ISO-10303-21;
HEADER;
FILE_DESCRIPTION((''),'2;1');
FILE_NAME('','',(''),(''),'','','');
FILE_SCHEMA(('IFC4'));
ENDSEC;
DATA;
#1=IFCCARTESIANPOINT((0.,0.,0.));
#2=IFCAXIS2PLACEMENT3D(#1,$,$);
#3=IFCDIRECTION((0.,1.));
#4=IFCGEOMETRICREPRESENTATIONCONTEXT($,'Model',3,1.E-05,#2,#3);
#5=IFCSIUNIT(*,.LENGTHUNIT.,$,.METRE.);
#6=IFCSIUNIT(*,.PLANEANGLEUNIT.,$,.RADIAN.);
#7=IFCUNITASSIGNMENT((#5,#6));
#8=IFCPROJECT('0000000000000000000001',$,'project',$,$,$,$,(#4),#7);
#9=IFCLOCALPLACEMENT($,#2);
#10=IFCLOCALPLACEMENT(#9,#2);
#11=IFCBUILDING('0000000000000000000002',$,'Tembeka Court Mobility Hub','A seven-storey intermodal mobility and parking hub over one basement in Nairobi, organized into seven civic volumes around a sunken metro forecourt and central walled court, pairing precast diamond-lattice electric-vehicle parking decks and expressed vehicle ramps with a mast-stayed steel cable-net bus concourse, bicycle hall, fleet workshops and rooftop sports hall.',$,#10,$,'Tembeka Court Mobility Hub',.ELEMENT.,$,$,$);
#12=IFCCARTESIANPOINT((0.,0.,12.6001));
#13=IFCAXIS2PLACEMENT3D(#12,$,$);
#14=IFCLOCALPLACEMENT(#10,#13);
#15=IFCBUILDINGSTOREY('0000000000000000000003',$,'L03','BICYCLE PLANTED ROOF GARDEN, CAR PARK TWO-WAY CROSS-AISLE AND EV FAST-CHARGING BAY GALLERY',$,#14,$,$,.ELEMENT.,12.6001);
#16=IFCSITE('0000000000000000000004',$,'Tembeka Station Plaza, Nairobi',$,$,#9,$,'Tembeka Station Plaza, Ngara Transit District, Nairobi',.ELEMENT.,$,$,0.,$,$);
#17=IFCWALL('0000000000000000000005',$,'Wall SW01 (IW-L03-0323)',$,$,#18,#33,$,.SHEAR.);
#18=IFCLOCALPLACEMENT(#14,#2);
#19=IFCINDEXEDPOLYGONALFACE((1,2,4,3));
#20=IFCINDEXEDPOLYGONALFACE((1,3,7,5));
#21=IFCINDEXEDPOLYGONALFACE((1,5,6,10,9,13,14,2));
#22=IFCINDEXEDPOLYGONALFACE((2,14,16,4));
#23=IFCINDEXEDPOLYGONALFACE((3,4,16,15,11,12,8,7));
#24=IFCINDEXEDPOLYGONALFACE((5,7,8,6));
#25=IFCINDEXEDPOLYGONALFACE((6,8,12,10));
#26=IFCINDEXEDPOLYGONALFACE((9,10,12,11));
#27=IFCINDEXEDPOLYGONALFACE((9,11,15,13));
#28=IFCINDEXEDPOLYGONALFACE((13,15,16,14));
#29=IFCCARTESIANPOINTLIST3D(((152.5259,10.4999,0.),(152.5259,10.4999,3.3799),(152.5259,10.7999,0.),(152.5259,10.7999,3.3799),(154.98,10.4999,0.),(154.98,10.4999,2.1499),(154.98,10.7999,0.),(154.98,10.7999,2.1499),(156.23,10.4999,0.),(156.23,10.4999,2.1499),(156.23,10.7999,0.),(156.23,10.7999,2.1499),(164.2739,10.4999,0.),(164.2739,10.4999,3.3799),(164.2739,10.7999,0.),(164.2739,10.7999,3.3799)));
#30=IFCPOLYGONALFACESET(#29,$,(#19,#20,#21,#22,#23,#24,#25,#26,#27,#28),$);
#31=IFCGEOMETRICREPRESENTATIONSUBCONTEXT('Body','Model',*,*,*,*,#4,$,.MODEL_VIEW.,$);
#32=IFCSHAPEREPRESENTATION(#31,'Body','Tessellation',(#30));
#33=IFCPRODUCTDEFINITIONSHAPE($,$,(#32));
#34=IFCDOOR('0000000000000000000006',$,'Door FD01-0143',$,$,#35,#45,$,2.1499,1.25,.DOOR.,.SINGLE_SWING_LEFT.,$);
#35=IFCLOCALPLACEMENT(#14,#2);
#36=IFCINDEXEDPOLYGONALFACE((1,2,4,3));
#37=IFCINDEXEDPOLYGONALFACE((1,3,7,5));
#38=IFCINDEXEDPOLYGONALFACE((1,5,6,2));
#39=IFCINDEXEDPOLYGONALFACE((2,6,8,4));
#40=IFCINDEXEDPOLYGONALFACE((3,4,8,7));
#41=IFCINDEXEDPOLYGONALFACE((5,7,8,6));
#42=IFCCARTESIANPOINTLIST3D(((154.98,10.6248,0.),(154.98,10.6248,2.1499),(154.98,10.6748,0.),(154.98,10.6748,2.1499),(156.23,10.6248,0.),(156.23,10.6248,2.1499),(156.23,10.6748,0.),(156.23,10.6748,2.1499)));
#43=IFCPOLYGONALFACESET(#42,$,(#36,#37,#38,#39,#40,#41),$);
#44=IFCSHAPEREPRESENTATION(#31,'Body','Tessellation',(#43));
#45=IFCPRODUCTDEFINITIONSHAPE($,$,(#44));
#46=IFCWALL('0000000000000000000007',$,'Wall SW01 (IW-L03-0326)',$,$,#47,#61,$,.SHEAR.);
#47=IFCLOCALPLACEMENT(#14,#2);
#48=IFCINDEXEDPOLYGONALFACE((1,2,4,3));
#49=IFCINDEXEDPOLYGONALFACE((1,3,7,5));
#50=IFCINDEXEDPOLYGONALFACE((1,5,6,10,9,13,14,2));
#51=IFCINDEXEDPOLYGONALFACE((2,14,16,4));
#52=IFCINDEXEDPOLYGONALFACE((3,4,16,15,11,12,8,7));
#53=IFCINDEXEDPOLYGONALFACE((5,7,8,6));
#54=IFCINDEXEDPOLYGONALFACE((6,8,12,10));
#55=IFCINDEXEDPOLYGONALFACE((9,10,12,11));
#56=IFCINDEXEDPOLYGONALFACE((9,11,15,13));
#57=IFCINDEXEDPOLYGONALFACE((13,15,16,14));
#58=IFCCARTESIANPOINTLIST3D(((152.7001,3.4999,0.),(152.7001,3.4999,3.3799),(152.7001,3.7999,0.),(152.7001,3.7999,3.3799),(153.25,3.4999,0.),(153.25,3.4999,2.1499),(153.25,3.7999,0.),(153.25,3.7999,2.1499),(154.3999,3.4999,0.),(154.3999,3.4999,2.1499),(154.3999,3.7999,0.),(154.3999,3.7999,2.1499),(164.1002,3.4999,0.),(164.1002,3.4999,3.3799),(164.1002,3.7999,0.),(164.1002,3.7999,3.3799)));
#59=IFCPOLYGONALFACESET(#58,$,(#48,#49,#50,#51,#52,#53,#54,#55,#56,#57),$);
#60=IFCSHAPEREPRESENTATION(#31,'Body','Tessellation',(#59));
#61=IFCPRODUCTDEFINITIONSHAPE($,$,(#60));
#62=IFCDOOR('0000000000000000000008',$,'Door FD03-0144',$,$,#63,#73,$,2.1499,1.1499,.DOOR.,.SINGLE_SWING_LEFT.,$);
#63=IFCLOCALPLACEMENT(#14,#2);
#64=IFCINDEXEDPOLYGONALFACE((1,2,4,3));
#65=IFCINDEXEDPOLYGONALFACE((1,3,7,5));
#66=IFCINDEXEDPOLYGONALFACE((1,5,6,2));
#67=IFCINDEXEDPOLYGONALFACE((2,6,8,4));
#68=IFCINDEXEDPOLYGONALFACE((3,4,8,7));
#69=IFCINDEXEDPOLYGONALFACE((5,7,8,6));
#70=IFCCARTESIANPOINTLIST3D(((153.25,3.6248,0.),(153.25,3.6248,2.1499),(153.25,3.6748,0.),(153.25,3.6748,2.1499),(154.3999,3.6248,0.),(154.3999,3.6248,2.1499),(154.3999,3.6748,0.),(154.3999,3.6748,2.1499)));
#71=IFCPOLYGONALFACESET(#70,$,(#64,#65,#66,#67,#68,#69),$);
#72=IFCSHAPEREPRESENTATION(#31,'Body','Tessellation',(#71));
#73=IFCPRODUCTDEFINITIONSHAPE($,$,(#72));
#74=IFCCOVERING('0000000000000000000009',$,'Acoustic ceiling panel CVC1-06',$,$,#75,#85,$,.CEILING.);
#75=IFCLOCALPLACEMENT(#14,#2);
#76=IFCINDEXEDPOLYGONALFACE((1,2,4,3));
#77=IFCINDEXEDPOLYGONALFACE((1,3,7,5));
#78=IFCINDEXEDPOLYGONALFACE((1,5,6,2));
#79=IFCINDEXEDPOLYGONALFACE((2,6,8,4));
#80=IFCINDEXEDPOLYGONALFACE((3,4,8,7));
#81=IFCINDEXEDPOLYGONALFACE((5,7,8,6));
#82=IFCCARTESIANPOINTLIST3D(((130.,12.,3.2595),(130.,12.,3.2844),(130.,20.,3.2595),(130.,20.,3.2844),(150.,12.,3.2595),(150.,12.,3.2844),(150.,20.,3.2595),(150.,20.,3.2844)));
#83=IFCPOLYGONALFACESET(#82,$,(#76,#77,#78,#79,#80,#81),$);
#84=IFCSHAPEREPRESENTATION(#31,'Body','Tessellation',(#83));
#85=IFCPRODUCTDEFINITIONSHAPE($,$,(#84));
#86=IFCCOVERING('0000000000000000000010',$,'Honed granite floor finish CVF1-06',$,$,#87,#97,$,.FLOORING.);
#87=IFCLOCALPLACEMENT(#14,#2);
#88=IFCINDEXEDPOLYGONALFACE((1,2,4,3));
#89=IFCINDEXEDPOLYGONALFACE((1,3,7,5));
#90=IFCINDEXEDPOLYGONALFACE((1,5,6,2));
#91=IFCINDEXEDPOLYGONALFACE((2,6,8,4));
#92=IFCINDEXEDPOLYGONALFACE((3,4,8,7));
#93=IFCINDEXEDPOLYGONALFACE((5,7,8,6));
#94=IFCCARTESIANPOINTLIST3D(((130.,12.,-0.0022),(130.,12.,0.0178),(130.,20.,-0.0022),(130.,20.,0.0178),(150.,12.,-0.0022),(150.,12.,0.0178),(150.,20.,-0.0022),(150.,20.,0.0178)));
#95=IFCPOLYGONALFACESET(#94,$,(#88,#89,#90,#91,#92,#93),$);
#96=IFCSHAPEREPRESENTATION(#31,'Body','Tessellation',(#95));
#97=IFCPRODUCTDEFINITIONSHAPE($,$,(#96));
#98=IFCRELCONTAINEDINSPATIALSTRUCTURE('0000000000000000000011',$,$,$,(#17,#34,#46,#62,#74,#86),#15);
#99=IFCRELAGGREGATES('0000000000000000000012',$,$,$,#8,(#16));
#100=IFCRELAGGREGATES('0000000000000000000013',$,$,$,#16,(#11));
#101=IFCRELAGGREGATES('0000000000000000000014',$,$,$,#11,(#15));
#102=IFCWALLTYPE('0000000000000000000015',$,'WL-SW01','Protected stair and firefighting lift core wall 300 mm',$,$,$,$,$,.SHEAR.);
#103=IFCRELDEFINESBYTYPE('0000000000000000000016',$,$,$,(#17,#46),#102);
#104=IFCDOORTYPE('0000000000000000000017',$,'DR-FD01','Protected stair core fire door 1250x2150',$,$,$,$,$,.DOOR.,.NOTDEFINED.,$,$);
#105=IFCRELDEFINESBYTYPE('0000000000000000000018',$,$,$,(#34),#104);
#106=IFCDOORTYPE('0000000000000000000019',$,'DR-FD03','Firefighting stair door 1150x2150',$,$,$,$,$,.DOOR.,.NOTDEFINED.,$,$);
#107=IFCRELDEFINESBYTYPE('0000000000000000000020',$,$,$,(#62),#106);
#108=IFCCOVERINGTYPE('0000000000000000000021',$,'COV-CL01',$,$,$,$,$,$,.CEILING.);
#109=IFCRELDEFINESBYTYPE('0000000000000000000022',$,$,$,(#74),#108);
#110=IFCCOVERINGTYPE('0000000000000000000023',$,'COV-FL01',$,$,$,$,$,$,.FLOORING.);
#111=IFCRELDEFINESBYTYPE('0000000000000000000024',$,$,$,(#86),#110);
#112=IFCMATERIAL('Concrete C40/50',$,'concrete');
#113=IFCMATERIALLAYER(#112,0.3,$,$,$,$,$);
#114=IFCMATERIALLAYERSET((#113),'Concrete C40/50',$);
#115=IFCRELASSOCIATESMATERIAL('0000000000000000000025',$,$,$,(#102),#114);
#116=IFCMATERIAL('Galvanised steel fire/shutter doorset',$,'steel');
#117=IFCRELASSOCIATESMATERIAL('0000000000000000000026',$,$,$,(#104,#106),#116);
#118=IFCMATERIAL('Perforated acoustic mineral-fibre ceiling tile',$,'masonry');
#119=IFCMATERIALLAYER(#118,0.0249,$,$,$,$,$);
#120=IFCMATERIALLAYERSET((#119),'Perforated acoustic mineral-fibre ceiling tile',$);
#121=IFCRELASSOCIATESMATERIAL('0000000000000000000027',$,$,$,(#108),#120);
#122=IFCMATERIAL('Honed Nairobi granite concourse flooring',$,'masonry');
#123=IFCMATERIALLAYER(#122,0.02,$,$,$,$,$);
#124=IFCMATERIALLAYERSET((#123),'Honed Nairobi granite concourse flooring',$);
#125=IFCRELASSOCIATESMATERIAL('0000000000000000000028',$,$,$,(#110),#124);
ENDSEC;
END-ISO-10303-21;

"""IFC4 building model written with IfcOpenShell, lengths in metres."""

from ifc_helpers import new_model, si_unit, direction, frame, frame_2d, origin, origin_2d, place, context, subcontext, project, spatial, rectangle, extrude, material, layer, layer_set, type_object, element, fill, save


model = new_model("IFC4")

# Units and contexts
model_context = context("Model", 3, precision=1e-05, world=origin(), true_north=direction((0.0, 1.0)))
body_context = subcontext(model_context, "Body", "Model", "MODEL_VIEW")
ifc_project = project(units=[si_unit("LENGTHUNIT", "METRE"), si_unit("PLANEANGLEUNIT", "RADIAN")], contexts=[model_context])

# Site, building, storey
site_placement = place(None, origin())
site = spatial("IfcSite", under=ifc_project, at=site_placement, Name="Tembeka Station Plaza, Nairobi", LongName="Tembeka Station Plaza, Ngara Transit District, Nairobi", CompositionType="ELEMENT", RefElevation=0.0)
building_placement = place(site_placement, origin())
building = spatial("IfcBuilding", under=site, at=building_placement, Name="Tembeka Court Mobility Hub", Description="A seven-storey intermodal mobility and parking hub over one basement in Nairobi, organized into seven civic volumes around a sunken metro forecourt and central walled court, pairing precast diamond-lattice electric-vehicle parking decks and expressed vehicle ramps with a mast-stayed steel cable-net bus concourse, bicycle hall, fleet workshops and rooftop sports hall.", LongName="Tembeka Court Mobility Hub", CompositionType="ELEMENT")
storey_placement = place(building_placement, frame((0.0, 0.0, 12.6001)))
storey = spatial("IfcBuildingStorey", under=building, at=storey_placement, Name="L03", Description="BICYCLE PLANTED ROOF GARDEN, CAR PARK TWO-WAY CROSS-AISLE AND EV FAST-CHARGING BAY GALLERY", CompositionType="ELEMENT", Elevation=12.6001)

# Walls, openings, doors
ifc_material_1 = material(Name="Concrete C40/50", Category="concrete")
ifc_layer_1 = layer(ifc_material_1, 0.3)
ifc_layer_set_1 = layer_set([ifc_layer_1], Name="Concrete C40/50")
wall_type = type_object("IfcWallType", Name="WL-SW01", Description="Protected stair and firefighting lift core wall 300 mm", PredefinedType="SHEAR", material=ifc_layer_set_1)
wall_1_placement = place(storey_placement, frame((152.5259, 10.6499, 0.0), z_axis=(0.0, 0.0, 1.0), x_axis=(1.0, 0.0, 0.0)))
wall_1 = element("IfcWall", 1, at=wall_1_placement, inside=storey, type_object=wall_type, Name="Wall SW01 (IW-L03-0323)", PredefinedType="SHEAR", context=body_context, shape_type="SweptSolid", body=[
    extrude(rectangle(XDim=11.748, YDim=0.3, at=frame_2d((5.874, 0.0))), origin(), (0.0, 0.0, 1.0), 3.3799),
])
opening_1_placement = place(wall_1_placement, frame((2.4541, 0.0, 0.0)))
opening_1 = element("IfcOpeningElement", 2, at=opening_1_placement, cuts=wall_1, PredefinedType="OPENING", context=body_context, shape_type="SweptSolid", body=[
    extrude(rectangle(XDim=1.25, YDim=2.1499, at=frame_2d((0.625, 1.075))), frame((0.0, 0.1602, 0.0), z_axis=(0.0, -1.0, 0.0), x_axis=(1.0, 0.0, 0.0)), (0.0, 0.0, 1.0), 0.3201),
])
ifc_material_2 = material(Name="Galvanised steel fire/shutter doorset", Category="steel")
door_type_1 = type_object("IfcDoorType", Name="DR-FD01", Description="Protected stair core fire door 1250x2150", OperationType="NOTDEFINED", PredefinedType="DOOR", material=ifc_material_2)
door_1_placement = place(opening_1_placement, origin())
door_1 = element("IfcDoor", 3, at=door_1_placement, inside=storey, type_object=door_type_1, Name="Door FD01-0143", OperationType="SINGLE_SWING_LEFT", OverallHeight=2.1499, OverallWidth=1.25, PredefinedType="DOOR", context=body_context, shape_type="SweptSolid", body=[
    extrude(rectangle(XDim=1.25, YDim=2.1499, at=frame_2d((0.625, 1.075))), frame((0.0, 0.0249, 0.0), z_axis=(0.0, -1.0, 0.0), x_axis=(1.0, 0.0, 0.0)), (0.0, 0.0, 1.0), 0.05),
])
fill(opening_1, door_1)
wall_2_placement = place(storey_placement, frame((152.7, 3.6499, 0.0), z_axis=(0.0, 0.0, 1.0), x_axis=(1.0, 0.0, 0.0)))
wall_2 = element("IfcWall", 4, at=wall_2_placement, inside=storey, type_object=wall_type, Name="Wall SW01 (IW-L03-0326)", PredefinedType="SHEAR", context=body_context, shape_type="SweptSolid", body=[
    extrude(rectangle(XDim=11.4001, YDim=0.3, at=frame_2d((5.7002, 0.0))), origin(), (0.0, 0.0, 1.0), 3.3799),
])
opening_2_placement = place(wall_2_placement, frame((0.55, 0.0, 0.0)))
opening_2 = element("IfcOpeningElement", 5, at=opening_2_placement, cuts=wall_2, PredefinedType="OPENING", context=body_context, shape_type="SweptSolid", body=[
    extrude(rectangle(XDim=1.1499, YDim=2.1499, at=frame_2d((0.575, 1.075))), frame((0.0, 0.1602, 0.0), z_axis=(0.0, -1.0, 0.0), x_axis=(1.0, 0.0, 0.0)), (0.0, 0.0, 1.0), 0.3201),
])
door_type_2 = type_object("IfcDoorType", Name="DR-FD03", Description="Firefighting stair door 1150x2150", OperationType="NOTDEFINED", PredefinedType="DOOR", material=ifc_material_2)
door_2_placement = place(opening_2_placement, origin())
door_2 = element("IfcDoor", 6, at=door_2_placement, inside=storey, type_object=door_type_2, Name="Door FD03-0144", OperationType="SINGLE_SWING_LEFT", OverallHeight=2.1499, OverallWidth=1.1499, PredefinedType="DOOR", context=body_context, shape_type="SweptSolid", body=[
    extrude(rectangle(XDim=1.1499, YDim=2.1499, at=frame_2d((0.575, 1.075))), frame((0.0, 0.0249, 0.0), z_axis=(0.0, -1.0, 0.0), x_axis=(1.0, 0.0, 0.0)), (0.0, 0.0, 1.0), 0.05),
])
fill(opening_2, door_2)

# Coverings
ifc_material_3 = material(Name="Perforated acoustic mineral-fibre ceiling tile", Category="masonry")
ifc_layer_2 = layer(ifc_material_3, 0.0249)
ifc_layer_set_2 = layer_set([ifc_layer_2], Name="Perforated acoustic mineral-fibre ceiling tile")
covering_type_1 = type_object("IfcCoveringType", Name="COV-CL01", PredefinedType="CEILING", material=ifc_layer_set_2)
covering_1_placement = place(storey_placement, frame((140.0, 16.0, 3.2595), z_axis=(0.0, 0.0, 1.0), x_axis=(1.0, 0.0, 0.0)))
element("IfcCovering", 7, at=covering_1_placement, inside=storey, type_object=covering_type_1, Name="Acoustic ceiling panel CVC1-06", PredefinedType="CEILING", context=body_context, shape_type="SweptSolid", body=[
    extrude(rectangle(XDim=20.0, YDim=8.0, at=origin_2d()), origin(), (0.0, 0.0, 1.0), 0.0249),
])
ifc_material_4 = material(Name="Honed Nairobi granite concourse flooring", Category="masonry")
ifc_layer_3 = layer(ifc_material_4, 0.02)
ifc_layer_set_3 = layer_set([ifc_layer_3], Name="Honed Nairobi granite concourse flooring")
covering_type_2 = type_object("IfcCoveringType", Name="COV-FL01", PredefinedType="FLOORING", material=ifc_layer_set_3)
covering_2_placement = place(storey_placement, frame((140.0, 16.0, -0.0022), z_axis=(0.0, 0.0, 1.0), x_axis=(1.0, 0.0, 0.0)))
element("IfcCovering", 8, at=covering_2_placement, inside=storey, type_object=covering_type_2, Name="Honed granite floor finish CVF1-06", PredefinedType="FLOORING", context=body_context, shape_type="SweptSolid", body=[
    extrude(rectangle(XDim=20.0, YDim=8.0, at=origin_2d()), origin(), (0.0, 0.0, 1.0), 0.02),
])

save(model, "model.ifc")
